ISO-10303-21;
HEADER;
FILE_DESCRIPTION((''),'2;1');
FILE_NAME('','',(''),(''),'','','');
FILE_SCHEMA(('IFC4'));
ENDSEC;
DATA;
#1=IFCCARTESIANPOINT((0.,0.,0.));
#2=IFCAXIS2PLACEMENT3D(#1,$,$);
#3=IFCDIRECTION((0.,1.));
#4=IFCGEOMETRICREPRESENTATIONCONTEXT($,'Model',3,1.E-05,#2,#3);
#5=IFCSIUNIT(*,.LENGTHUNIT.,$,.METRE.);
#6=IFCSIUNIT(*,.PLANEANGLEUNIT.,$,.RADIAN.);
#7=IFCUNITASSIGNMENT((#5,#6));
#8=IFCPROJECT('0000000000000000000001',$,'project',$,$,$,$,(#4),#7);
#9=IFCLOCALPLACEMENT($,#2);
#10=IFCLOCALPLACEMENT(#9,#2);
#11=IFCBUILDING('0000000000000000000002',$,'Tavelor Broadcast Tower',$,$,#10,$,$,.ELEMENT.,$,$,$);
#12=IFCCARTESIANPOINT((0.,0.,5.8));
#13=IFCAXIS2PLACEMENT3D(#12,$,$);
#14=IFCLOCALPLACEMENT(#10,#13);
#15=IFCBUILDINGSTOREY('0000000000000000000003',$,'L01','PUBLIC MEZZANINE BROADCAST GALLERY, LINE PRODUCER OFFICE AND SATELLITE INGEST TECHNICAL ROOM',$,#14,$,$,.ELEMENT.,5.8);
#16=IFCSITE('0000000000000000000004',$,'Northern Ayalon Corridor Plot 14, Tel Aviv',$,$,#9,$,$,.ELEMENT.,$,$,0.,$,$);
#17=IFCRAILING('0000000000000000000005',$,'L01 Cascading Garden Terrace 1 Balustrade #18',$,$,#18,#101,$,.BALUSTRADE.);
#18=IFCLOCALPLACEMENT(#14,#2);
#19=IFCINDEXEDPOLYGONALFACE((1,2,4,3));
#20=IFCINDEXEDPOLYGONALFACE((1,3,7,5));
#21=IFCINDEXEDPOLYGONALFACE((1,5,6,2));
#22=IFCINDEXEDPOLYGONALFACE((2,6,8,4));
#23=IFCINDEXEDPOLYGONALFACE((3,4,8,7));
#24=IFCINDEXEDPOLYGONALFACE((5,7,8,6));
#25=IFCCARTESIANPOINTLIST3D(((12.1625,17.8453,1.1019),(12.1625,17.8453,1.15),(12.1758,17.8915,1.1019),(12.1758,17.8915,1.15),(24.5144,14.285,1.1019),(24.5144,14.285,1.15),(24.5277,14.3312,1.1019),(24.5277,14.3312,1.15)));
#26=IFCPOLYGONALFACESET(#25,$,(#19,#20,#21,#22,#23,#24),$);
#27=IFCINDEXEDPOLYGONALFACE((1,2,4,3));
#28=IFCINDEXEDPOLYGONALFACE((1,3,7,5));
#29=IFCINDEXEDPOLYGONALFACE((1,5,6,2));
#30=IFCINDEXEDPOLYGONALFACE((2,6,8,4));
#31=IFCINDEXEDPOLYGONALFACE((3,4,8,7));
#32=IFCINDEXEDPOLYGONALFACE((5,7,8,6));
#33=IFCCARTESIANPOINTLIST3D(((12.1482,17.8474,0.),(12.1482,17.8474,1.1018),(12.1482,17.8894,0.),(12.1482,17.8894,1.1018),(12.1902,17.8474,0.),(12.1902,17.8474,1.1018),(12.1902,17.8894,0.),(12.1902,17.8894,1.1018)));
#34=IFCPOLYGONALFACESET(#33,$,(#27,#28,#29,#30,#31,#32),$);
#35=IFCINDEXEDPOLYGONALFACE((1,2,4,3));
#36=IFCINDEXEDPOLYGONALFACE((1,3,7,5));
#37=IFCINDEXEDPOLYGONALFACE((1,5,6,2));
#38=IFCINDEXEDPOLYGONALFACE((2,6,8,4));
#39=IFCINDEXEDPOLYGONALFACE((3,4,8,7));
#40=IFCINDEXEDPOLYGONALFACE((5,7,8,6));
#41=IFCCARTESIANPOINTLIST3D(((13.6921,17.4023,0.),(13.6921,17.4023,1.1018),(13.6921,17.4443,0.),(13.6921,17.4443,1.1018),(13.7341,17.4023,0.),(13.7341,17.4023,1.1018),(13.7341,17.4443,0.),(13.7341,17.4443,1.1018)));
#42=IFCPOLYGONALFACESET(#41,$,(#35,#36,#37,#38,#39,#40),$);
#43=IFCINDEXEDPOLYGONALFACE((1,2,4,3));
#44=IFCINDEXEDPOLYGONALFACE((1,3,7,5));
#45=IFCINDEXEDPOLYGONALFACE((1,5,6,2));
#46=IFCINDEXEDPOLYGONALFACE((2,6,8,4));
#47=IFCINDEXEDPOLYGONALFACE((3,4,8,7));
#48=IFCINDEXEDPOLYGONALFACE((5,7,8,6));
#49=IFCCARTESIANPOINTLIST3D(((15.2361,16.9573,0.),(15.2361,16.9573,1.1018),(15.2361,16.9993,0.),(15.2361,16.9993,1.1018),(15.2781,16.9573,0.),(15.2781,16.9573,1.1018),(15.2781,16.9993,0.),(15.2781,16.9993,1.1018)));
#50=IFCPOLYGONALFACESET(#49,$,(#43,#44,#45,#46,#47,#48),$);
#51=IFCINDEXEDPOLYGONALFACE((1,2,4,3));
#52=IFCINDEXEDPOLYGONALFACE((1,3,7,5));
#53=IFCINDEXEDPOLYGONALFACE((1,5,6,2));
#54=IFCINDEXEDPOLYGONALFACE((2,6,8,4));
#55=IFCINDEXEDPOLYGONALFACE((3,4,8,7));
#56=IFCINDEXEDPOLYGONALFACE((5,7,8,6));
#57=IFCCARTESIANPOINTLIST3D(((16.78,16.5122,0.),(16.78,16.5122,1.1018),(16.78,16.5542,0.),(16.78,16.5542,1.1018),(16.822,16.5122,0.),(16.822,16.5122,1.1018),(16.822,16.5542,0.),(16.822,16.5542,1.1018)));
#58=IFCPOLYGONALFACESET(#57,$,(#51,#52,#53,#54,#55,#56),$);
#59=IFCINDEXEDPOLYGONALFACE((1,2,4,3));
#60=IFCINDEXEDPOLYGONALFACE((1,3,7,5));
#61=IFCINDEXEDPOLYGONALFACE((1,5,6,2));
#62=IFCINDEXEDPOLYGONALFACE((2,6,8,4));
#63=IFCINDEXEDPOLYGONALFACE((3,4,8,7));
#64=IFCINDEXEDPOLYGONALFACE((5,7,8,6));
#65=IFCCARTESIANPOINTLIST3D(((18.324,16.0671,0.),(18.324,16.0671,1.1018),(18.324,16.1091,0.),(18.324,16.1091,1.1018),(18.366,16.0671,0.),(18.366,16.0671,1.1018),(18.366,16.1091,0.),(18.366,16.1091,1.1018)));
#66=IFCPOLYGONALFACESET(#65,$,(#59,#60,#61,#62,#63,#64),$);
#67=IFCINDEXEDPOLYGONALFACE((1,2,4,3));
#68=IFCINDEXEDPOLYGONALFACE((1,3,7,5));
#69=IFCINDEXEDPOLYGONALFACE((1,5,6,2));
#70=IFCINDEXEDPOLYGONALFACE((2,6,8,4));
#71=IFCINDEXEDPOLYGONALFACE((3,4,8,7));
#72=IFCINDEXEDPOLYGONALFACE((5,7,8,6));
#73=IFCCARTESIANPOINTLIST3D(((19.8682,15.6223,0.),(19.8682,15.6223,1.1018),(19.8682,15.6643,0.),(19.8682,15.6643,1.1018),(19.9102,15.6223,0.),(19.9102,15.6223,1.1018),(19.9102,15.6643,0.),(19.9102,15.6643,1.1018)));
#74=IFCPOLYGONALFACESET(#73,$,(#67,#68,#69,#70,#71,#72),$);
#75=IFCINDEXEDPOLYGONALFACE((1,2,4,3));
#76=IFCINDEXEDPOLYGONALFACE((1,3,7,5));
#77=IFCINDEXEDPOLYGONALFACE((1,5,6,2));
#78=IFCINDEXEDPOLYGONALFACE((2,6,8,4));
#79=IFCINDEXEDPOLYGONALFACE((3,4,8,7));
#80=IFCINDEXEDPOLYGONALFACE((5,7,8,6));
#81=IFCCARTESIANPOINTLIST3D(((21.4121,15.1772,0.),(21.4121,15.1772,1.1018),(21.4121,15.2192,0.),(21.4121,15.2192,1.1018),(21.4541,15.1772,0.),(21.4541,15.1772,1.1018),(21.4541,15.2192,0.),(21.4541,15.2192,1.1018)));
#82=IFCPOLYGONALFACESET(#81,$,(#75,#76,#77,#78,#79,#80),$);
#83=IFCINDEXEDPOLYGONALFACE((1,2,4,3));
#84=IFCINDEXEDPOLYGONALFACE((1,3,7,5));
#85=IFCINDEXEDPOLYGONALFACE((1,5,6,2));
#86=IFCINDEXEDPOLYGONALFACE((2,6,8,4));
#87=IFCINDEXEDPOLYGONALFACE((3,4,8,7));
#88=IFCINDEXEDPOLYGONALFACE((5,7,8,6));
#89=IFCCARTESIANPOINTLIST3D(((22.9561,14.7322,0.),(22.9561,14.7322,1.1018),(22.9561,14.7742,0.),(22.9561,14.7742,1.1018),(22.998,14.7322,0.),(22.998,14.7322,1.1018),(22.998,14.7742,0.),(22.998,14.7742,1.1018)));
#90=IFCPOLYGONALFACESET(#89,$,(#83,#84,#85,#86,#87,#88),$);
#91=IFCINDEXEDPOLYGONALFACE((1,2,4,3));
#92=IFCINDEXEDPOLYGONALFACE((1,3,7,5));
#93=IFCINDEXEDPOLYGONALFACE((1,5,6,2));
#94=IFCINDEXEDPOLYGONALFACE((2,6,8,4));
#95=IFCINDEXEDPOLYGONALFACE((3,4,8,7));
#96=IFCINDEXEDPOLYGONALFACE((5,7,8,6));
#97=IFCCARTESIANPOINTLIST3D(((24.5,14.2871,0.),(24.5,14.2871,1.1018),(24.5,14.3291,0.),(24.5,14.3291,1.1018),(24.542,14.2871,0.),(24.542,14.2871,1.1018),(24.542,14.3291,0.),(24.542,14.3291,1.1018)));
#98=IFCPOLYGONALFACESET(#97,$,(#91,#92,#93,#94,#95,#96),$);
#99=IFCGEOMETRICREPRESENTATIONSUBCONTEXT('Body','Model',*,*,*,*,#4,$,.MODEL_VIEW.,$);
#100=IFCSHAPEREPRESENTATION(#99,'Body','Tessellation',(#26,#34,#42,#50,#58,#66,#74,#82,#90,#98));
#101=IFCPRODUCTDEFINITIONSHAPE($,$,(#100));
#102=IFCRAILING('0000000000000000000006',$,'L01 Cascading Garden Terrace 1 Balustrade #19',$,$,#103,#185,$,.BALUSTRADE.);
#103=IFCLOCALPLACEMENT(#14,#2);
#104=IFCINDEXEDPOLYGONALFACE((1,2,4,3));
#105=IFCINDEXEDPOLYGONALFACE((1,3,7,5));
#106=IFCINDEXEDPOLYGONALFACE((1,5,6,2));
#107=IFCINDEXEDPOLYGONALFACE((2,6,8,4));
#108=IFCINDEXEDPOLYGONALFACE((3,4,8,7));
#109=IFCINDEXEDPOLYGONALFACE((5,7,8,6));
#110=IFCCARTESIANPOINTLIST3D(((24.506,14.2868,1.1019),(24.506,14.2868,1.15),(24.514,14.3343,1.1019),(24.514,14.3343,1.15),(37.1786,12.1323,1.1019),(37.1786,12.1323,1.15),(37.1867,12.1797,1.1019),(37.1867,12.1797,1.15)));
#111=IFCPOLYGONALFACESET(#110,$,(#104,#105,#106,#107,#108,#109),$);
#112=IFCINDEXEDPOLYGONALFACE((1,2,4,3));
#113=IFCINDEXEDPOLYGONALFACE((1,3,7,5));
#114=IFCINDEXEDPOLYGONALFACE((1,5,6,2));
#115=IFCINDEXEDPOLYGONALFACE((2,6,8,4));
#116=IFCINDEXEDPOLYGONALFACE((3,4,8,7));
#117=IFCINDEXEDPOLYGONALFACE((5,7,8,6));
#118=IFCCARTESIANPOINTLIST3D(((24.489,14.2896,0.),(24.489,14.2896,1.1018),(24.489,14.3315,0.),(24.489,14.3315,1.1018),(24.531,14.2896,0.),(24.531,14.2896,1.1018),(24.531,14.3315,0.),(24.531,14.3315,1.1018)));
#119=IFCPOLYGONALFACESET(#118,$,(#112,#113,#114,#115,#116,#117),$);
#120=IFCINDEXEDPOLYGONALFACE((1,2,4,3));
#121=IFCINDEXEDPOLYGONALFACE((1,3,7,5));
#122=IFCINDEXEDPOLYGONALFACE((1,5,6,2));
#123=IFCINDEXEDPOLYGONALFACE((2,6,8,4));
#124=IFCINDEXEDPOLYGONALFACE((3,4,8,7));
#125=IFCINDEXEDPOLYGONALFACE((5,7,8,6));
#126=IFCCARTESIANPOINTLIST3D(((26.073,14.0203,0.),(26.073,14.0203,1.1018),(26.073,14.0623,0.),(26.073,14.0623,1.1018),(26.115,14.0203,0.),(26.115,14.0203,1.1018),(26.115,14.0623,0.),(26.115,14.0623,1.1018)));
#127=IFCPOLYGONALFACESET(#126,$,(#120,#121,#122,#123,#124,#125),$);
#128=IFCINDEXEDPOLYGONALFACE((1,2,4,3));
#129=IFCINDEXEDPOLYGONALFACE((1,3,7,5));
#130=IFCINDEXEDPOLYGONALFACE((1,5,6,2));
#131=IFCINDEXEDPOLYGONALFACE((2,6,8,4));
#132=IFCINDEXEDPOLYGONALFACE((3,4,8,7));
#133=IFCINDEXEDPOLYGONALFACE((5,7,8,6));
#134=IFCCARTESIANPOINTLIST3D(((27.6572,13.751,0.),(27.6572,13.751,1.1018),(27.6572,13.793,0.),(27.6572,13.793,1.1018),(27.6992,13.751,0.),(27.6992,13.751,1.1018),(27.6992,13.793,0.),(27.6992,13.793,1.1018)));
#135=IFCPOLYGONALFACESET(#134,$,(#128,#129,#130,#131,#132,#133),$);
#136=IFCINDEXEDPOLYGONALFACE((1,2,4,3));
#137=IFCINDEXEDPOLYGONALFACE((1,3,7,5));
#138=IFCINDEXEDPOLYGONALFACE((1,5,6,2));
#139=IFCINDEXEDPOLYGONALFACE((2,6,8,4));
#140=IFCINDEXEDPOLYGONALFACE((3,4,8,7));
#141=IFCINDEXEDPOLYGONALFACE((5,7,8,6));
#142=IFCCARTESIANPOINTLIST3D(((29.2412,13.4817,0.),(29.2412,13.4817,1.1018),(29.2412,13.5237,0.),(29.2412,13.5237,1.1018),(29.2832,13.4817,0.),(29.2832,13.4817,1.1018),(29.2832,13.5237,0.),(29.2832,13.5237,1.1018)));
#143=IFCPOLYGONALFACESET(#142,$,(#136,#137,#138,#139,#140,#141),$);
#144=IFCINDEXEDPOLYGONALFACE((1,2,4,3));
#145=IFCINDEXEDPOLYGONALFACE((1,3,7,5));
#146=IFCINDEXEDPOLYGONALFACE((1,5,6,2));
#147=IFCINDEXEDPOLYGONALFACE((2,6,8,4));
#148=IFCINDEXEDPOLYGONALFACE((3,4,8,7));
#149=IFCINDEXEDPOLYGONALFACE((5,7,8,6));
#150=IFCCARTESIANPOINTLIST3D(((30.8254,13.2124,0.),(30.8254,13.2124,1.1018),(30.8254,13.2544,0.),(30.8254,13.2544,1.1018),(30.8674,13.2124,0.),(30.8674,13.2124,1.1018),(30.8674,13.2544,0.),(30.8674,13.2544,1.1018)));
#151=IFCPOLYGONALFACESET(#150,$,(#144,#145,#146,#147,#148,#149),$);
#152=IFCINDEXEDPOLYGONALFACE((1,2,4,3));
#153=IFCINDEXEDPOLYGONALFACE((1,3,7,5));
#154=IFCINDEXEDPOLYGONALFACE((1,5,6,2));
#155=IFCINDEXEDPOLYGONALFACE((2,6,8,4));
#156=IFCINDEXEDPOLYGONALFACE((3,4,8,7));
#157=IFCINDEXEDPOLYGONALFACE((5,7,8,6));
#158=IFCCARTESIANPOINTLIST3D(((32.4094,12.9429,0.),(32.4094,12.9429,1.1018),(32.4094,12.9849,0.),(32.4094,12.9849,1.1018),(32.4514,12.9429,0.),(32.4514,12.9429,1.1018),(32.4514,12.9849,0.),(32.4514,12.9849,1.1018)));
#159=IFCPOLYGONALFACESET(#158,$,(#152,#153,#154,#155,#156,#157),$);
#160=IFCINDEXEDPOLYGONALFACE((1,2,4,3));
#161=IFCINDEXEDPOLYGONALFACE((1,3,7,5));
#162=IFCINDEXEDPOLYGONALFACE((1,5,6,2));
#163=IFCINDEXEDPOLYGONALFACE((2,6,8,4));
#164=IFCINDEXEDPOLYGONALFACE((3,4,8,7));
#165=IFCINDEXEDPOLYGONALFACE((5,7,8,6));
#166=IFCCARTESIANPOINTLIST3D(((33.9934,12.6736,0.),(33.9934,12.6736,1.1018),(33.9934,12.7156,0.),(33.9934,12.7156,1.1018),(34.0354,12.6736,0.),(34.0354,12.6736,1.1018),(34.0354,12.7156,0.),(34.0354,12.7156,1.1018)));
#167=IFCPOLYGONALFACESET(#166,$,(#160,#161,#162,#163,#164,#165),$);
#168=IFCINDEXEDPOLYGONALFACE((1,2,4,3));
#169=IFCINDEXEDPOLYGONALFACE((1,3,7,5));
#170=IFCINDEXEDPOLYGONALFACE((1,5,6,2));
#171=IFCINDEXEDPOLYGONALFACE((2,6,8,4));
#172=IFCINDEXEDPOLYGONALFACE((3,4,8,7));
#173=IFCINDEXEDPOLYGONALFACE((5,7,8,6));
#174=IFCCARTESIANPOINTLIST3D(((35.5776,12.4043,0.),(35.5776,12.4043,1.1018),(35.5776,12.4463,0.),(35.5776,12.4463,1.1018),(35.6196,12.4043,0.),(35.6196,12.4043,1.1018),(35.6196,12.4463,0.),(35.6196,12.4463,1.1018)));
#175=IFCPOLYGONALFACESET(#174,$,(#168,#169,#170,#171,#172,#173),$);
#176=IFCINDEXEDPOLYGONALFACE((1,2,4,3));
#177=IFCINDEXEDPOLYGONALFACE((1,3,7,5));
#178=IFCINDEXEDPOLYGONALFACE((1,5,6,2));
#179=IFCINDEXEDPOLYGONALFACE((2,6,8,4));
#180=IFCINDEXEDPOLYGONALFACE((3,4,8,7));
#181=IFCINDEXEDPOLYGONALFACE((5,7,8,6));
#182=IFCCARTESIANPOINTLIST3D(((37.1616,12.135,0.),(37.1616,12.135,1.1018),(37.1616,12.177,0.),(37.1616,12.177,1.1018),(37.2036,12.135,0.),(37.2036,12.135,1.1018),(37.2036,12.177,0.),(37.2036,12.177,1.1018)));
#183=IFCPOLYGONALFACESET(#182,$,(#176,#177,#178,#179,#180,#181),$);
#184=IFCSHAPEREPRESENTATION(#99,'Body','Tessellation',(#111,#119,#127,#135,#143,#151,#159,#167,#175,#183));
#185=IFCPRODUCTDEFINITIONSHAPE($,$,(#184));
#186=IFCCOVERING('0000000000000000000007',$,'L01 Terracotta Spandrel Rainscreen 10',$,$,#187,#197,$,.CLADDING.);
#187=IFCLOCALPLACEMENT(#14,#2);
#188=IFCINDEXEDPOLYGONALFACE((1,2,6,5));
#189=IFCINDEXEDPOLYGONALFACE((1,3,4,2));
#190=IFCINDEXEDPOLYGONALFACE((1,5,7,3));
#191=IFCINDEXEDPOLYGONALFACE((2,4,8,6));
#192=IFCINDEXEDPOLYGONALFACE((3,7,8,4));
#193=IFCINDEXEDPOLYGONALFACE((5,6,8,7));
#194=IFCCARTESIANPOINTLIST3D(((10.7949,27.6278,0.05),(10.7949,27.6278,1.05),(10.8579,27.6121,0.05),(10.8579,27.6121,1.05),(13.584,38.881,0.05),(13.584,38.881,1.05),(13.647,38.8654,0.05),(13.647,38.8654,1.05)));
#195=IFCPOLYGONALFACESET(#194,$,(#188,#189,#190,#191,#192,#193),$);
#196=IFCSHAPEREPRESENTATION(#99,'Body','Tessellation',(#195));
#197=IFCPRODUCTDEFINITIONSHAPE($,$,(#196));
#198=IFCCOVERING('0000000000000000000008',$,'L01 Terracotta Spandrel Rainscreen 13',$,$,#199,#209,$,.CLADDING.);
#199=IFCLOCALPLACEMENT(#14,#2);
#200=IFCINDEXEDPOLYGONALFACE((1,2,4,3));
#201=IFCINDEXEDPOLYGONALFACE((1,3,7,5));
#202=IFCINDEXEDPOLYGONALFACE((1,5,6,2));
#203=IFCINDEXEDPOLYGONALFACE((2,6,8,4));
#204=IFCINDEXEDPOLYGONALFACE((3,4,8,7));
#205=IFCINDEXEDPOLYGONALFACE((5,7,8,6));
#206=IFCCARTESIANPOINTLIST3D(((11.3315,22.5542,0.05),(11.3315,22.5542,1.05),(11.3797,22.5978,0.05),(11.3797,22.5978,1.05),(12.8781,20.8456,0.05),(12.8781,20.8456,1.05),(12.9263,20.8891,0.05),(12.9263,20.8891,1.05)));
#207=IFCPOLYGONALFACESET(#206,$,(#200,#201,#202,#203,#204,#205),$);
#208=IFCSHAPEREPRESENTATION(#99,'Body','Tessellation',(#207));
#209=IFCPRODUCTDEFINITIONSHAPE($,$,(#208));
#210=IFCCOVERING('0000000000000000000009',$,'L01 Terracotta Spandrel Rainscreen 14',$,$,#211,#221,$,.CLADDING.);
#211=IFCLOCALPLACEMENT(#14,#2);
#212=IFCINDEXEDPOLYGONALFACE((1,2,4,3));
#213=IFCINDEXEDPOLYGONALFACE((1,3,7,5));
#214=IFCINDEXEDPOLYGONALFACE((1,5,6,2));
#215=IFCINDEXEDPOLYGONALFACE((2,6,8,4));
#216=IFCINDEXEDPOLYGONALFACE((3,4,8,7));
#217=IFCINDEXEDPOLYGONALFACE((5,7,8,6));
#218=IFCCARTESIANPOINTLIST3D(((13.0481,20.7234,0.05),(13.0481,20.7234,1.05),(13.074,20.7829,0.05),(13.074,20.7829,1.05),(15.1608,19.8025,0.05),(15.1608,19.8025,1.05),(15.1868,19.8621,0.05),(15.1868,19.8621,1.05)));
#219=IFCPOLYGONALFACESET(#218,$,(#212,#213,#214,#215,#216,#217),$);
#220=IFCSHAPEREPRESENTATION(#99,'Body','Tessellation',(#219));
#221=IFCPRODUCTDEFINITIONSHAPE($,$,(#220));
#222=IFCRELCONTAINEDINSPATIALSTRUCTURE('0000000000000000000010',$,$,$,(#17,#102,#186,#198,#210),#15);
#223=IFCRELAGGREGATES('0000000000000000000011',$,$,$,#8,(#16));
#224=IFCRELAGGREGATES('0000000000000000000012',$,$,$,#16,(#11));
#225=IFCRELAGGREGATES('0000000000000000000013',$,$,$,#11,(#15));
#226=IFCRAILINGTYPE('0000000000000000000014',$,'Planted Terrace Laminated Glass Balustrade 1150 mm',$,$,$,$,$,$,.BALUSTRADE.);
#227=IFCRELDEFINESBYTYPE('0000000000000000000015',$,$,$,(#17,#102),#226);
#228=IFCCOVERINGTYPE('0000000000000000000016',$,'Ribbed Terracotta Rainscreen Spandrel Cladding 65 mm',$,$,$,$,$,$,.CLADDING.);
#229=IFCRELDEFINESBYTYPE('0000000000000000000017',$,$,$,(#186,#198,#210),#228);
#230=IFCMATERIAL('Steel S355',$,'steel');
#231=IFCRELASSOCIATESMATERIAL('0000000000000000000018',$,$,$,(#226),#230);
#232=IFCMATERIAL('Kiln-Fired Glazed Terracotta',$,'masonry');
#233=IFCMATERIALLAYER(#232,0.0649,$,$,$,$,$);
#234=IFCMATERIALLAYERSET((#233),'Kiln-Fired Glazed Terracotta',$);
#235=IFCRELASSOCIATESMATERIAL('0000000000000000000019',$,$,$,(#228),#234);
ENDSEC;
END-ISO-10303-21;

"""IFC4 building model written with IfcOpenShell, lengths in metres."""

from ifc_helpers import new_model, si_unit, direction, frame, origin, origin_2d, place, context, subcontext, project, spatial, rectangle, extrude, material, layer, layer_set, type_object, element, save


model = new_model("IFC4")

# Units and contexts
model_context = context("Model", 3, precision=1e-05, world=origin(), true_north=direction((0.0, 1.0)))
body_context = subcontext(model_context, "Body", "Model", "MODEL_VIEW")
ifc_project = project(units=[si_unit("LENGTHUNIT", "METRE"), si_unit("PLANEANGLEUNIT", "RADIAN")], contexts=[model_context])

# Site, building, storey
site_placement = place(None, origin())
site = spatial("IfcSite", under=ifc_project, at=site_placement, Name="Northern Ayalon Corridor Plot 14, Tel Aviv", CompositionType="ELEMENT", RefElevation=0.0)
building_placement = place(site_placement, origin())
building = spatial("IfcBuilding", under=site, at=building_placement, Name="Tavelor Broadcast Tower", CompositionType="ELEMENT")
storey_placement = place(building_placement, frame((0.0, 0.0, 5.8)))
storey = spatial("IfcBuildingStorey", under=building, at=storey_placement, Name="L01", Description="PUBLIC MEZZANINE BROADCAST GALLERY, LINE PRODUCER OFFICE AND SATELLITE INGEST TECHNICAL ROOM", CompositionType="ELEMENT", Elevation=5.8)

# Shared definitions
ifc_material_1 = material(Name="Steel S355", Category="steel")

# Railings
railing_type_1 = type_object("IfcRailingType", Name="Planted Terrace Laminated Glass Balustrade 1150 mm", PredefinedType="BALUSTRADE", material=ifc_material_1)
railing_1_placement = place(storey_placement, frame((12.1692, 17.8684, 0.0)))
element("IfcRailing", 1, at=railing_1_placement, inside=storey, type_object=railing_type_1, Name="L01 Cascading Garden Terrace 1 Balustrade #18", PredefinedType="BALUSTRADE", context=body_context, shape_type="SweptSolid", body=[
    extrude(rectangle(XDim=0.0481, YDim=0.0481, at=origin_2d()), frame((0.0, 0.0, 1.126), z_axis=(0.96088, -0.276965, 0.0), x_axis=(0.276965, 0.96088, 0.0)), (0.0, 0.0, 1.0), 12.8547),
    extrude(rectangle(XDim=0.042, YDim=0.042, at=origin_2d()), origin(), (0.0, 0.0, 1.0), 1.1018),
    extrude(rectangle(XDim=0.042, YDim=0.042, at=origin_2d()), frame((1.5439, -0.4451, 0.0)), (0.0, 0.0, 1.0), 1.1018),
    extrude(rectangle(XDim=0.042, YDim=0.042, at=origin_2d()), frame((3.0879, -0.8901, 0.0)), (0.0, 0.0, 1.0), 1.1018),
    extrude(rectangle(XDim=0.042, YDim=0.042, at=origin_2d()), frame((4.6318, -1.3352, 0.0)), (0.0, 0.0, 1.0), 1.1018),
    extrude(rectangle(XDim=0.042, YDim=0.042, at=origin_2d()), frame((6.1758, -1.7803, 0.0)), (0.0, 0.0, 1.0), 1.1018),
    extrude(rectangle(XDim=0.042, YDim=0.042, at=origin_2d()), frame((7.72, -2.2251, 0.0)), (0.0, 0.0, 1.0), 1.1018),
    extrude(rectangle(XDim=0.042, YDim=0.042, at=origin_2d()), frame((9.2639, -2.6702, 0.0)), (0.0, 0.0, 1.0), 1.1018),
    extrude(rectangle(XDim=0.042, YDim=0.042, at=origin_2d()), frame((10.8079, -3.1152, 0.0)), (0.0, 0.0, 1.0), 1.1018),
    extrude(rectangle(XDim=0.042, YDim=0.042, at=origin_2d()), frame((12.3518, -3.5603, 0.0)), (0.0, 0.0, 1.0), 1.1018),
])
railing_2_placement = place(storey_placement, frame((24.51, 14.3105, 0.0)))
element("IfcRailing", 2, at=railing_2_placement, inside=storey, type_object=railing_type_1, Name="L01 Cascading Garden Terrace 1 Balustrade #19", PredefinedType="BALUSTRADE", context=body_context, shape_type="SweptSolid", body=[
    extrude(rectangle(XDim=0.0481, YDim=0.0481, at=origin_2d()), frame((0.0, 0.0, 1.126), z_axis=(0.985853, -0.16761, 0.0), x_axis=(0.16761, 0.985853, 0.0)), (0.0, 0.0, 1.0), 12.8545),
    extrude(rectangle(XDim=0.042, YDim=0.042, at=origin_2d()), origin(), (0.0, 0.0, 1.0), 1.1018),
    extrude(rectangle(XDim=0.042, YDim=0.042, at=origin_2d()), frame((1.584, -0.2693, 0.0)), (0.0, 0.0, 1.0), 1.1018),
    extrude(rectangle(XDim=0.042, YDim=0.042, at=origin_2d()), frame((3.1682, -0.5386, 0.0)), (0.0, 0.0, 1.0), 1.1018),
    extrude(rectangle(XDim=0.042, YDim=0.042, at=origin_2d()), frame((4.7522, -0.8079, 0.0)), (0.0, 0.0, 1.0), 1.1018),
    extrude(rectangle(XDim=0.042, YDim=0.042, at=origin_2d()), frame((6.3364, -1.0771, 0.0)), (0.0, 0.0, 1.0), 1.1018),
    extrude(rectangle(XDim=0.042, YDim=0.042, at=origin_2d()), frame((7.9204, -1.3467, 0.0)), (0.0, 0.0, 1.0), 1.1018),
    extrude(rectangle(XDim=0.042, YDim=0.042, at=origin_2d()), frame((9.5044, -1.616, 0.0)), (0.0, 0.0, 1.0), 1.1018),
    extrude(rectangle(XDim=0.042, YDim=0.042, at=origin_2d()), frame((11.0886, -1.8853, 0.0)), (0.0, 0.0, 1.0), 1.1018),
    extrude(rectangle(XDim=0.042, YDim=0.042, at=origin_2d()), frame((12.6726, -2.1545, 0.0)), (0.0, 0.0, 1.0), 1.1018),
])

# Coverings
ifc_material_2 = material(Name="Kiln-Fired Glazed Terracotta", Category="masonry")
ifc_layer_1 = layer(ifc_material_2, 0.0649)
ifc_layer_set_1 = layer_set([ifc_layer_1], Name="Kiln-Fired Glazed Terracotta")
covering_type = type_object("IfcCoveringType", Name="Ribbed Terracotta Rainscreen Spandrel Cladding 65 mm", PredefinedType="CLADDING", material=ifc_layer_set_1)
covering_placement = place(storey_placement, frame((12.2209, 33.2466, 0.05), z_axis=(0.0, 0.0, 1.0), x_axis=(-0.240567, -0.970633, 0.0)))
element("IfcCovering", 3, at=covering_placement, inside=storey, type_object=covering_type, Name="L01 Terracotta Spandrel Rainscreen 10", PredefinedType="CLADDING", context=body_context, shape_type="SweptSolid", body=[
    extrude(rectangle(XDim=11.5938, YDim=0.0649, at=origin_2d()), origin(), (0.0, 0.0, 1.0), 1.0),
])
for number, where, z_axis, x_axis, name in (
    (4, (12.1289, 21.7217, 0.05), (0.0, 0.0, 1.0), (0.671074, -0.741391, 0.0), "L01 Terracotta Spandrel Rainscreen 13"),
    (5, (14.1174, 20.2927, 0.05), (0.0, 0.0, 1.0), (0.916712, -0.399549, 0.0), "L01 Terracotta Spandrel Rainscreen 14"),
):
    element("IfcCovering", number, at=place(storey_placement, frame(where, z_axis=z_axis, x_axis=x_axis)), inside=storey, type_object=covering_type, Name=name, PredefinedType="CLADDING", context=body_context, shape_type="SweptSolid", body=[
        extrude(rectangle(XDim=2.3047, YDim=0.0649, at=origin_2d()), origin(), (0.0, 0.0, 1.0), 1.0),
    ])

save(model, "model.ifc")
